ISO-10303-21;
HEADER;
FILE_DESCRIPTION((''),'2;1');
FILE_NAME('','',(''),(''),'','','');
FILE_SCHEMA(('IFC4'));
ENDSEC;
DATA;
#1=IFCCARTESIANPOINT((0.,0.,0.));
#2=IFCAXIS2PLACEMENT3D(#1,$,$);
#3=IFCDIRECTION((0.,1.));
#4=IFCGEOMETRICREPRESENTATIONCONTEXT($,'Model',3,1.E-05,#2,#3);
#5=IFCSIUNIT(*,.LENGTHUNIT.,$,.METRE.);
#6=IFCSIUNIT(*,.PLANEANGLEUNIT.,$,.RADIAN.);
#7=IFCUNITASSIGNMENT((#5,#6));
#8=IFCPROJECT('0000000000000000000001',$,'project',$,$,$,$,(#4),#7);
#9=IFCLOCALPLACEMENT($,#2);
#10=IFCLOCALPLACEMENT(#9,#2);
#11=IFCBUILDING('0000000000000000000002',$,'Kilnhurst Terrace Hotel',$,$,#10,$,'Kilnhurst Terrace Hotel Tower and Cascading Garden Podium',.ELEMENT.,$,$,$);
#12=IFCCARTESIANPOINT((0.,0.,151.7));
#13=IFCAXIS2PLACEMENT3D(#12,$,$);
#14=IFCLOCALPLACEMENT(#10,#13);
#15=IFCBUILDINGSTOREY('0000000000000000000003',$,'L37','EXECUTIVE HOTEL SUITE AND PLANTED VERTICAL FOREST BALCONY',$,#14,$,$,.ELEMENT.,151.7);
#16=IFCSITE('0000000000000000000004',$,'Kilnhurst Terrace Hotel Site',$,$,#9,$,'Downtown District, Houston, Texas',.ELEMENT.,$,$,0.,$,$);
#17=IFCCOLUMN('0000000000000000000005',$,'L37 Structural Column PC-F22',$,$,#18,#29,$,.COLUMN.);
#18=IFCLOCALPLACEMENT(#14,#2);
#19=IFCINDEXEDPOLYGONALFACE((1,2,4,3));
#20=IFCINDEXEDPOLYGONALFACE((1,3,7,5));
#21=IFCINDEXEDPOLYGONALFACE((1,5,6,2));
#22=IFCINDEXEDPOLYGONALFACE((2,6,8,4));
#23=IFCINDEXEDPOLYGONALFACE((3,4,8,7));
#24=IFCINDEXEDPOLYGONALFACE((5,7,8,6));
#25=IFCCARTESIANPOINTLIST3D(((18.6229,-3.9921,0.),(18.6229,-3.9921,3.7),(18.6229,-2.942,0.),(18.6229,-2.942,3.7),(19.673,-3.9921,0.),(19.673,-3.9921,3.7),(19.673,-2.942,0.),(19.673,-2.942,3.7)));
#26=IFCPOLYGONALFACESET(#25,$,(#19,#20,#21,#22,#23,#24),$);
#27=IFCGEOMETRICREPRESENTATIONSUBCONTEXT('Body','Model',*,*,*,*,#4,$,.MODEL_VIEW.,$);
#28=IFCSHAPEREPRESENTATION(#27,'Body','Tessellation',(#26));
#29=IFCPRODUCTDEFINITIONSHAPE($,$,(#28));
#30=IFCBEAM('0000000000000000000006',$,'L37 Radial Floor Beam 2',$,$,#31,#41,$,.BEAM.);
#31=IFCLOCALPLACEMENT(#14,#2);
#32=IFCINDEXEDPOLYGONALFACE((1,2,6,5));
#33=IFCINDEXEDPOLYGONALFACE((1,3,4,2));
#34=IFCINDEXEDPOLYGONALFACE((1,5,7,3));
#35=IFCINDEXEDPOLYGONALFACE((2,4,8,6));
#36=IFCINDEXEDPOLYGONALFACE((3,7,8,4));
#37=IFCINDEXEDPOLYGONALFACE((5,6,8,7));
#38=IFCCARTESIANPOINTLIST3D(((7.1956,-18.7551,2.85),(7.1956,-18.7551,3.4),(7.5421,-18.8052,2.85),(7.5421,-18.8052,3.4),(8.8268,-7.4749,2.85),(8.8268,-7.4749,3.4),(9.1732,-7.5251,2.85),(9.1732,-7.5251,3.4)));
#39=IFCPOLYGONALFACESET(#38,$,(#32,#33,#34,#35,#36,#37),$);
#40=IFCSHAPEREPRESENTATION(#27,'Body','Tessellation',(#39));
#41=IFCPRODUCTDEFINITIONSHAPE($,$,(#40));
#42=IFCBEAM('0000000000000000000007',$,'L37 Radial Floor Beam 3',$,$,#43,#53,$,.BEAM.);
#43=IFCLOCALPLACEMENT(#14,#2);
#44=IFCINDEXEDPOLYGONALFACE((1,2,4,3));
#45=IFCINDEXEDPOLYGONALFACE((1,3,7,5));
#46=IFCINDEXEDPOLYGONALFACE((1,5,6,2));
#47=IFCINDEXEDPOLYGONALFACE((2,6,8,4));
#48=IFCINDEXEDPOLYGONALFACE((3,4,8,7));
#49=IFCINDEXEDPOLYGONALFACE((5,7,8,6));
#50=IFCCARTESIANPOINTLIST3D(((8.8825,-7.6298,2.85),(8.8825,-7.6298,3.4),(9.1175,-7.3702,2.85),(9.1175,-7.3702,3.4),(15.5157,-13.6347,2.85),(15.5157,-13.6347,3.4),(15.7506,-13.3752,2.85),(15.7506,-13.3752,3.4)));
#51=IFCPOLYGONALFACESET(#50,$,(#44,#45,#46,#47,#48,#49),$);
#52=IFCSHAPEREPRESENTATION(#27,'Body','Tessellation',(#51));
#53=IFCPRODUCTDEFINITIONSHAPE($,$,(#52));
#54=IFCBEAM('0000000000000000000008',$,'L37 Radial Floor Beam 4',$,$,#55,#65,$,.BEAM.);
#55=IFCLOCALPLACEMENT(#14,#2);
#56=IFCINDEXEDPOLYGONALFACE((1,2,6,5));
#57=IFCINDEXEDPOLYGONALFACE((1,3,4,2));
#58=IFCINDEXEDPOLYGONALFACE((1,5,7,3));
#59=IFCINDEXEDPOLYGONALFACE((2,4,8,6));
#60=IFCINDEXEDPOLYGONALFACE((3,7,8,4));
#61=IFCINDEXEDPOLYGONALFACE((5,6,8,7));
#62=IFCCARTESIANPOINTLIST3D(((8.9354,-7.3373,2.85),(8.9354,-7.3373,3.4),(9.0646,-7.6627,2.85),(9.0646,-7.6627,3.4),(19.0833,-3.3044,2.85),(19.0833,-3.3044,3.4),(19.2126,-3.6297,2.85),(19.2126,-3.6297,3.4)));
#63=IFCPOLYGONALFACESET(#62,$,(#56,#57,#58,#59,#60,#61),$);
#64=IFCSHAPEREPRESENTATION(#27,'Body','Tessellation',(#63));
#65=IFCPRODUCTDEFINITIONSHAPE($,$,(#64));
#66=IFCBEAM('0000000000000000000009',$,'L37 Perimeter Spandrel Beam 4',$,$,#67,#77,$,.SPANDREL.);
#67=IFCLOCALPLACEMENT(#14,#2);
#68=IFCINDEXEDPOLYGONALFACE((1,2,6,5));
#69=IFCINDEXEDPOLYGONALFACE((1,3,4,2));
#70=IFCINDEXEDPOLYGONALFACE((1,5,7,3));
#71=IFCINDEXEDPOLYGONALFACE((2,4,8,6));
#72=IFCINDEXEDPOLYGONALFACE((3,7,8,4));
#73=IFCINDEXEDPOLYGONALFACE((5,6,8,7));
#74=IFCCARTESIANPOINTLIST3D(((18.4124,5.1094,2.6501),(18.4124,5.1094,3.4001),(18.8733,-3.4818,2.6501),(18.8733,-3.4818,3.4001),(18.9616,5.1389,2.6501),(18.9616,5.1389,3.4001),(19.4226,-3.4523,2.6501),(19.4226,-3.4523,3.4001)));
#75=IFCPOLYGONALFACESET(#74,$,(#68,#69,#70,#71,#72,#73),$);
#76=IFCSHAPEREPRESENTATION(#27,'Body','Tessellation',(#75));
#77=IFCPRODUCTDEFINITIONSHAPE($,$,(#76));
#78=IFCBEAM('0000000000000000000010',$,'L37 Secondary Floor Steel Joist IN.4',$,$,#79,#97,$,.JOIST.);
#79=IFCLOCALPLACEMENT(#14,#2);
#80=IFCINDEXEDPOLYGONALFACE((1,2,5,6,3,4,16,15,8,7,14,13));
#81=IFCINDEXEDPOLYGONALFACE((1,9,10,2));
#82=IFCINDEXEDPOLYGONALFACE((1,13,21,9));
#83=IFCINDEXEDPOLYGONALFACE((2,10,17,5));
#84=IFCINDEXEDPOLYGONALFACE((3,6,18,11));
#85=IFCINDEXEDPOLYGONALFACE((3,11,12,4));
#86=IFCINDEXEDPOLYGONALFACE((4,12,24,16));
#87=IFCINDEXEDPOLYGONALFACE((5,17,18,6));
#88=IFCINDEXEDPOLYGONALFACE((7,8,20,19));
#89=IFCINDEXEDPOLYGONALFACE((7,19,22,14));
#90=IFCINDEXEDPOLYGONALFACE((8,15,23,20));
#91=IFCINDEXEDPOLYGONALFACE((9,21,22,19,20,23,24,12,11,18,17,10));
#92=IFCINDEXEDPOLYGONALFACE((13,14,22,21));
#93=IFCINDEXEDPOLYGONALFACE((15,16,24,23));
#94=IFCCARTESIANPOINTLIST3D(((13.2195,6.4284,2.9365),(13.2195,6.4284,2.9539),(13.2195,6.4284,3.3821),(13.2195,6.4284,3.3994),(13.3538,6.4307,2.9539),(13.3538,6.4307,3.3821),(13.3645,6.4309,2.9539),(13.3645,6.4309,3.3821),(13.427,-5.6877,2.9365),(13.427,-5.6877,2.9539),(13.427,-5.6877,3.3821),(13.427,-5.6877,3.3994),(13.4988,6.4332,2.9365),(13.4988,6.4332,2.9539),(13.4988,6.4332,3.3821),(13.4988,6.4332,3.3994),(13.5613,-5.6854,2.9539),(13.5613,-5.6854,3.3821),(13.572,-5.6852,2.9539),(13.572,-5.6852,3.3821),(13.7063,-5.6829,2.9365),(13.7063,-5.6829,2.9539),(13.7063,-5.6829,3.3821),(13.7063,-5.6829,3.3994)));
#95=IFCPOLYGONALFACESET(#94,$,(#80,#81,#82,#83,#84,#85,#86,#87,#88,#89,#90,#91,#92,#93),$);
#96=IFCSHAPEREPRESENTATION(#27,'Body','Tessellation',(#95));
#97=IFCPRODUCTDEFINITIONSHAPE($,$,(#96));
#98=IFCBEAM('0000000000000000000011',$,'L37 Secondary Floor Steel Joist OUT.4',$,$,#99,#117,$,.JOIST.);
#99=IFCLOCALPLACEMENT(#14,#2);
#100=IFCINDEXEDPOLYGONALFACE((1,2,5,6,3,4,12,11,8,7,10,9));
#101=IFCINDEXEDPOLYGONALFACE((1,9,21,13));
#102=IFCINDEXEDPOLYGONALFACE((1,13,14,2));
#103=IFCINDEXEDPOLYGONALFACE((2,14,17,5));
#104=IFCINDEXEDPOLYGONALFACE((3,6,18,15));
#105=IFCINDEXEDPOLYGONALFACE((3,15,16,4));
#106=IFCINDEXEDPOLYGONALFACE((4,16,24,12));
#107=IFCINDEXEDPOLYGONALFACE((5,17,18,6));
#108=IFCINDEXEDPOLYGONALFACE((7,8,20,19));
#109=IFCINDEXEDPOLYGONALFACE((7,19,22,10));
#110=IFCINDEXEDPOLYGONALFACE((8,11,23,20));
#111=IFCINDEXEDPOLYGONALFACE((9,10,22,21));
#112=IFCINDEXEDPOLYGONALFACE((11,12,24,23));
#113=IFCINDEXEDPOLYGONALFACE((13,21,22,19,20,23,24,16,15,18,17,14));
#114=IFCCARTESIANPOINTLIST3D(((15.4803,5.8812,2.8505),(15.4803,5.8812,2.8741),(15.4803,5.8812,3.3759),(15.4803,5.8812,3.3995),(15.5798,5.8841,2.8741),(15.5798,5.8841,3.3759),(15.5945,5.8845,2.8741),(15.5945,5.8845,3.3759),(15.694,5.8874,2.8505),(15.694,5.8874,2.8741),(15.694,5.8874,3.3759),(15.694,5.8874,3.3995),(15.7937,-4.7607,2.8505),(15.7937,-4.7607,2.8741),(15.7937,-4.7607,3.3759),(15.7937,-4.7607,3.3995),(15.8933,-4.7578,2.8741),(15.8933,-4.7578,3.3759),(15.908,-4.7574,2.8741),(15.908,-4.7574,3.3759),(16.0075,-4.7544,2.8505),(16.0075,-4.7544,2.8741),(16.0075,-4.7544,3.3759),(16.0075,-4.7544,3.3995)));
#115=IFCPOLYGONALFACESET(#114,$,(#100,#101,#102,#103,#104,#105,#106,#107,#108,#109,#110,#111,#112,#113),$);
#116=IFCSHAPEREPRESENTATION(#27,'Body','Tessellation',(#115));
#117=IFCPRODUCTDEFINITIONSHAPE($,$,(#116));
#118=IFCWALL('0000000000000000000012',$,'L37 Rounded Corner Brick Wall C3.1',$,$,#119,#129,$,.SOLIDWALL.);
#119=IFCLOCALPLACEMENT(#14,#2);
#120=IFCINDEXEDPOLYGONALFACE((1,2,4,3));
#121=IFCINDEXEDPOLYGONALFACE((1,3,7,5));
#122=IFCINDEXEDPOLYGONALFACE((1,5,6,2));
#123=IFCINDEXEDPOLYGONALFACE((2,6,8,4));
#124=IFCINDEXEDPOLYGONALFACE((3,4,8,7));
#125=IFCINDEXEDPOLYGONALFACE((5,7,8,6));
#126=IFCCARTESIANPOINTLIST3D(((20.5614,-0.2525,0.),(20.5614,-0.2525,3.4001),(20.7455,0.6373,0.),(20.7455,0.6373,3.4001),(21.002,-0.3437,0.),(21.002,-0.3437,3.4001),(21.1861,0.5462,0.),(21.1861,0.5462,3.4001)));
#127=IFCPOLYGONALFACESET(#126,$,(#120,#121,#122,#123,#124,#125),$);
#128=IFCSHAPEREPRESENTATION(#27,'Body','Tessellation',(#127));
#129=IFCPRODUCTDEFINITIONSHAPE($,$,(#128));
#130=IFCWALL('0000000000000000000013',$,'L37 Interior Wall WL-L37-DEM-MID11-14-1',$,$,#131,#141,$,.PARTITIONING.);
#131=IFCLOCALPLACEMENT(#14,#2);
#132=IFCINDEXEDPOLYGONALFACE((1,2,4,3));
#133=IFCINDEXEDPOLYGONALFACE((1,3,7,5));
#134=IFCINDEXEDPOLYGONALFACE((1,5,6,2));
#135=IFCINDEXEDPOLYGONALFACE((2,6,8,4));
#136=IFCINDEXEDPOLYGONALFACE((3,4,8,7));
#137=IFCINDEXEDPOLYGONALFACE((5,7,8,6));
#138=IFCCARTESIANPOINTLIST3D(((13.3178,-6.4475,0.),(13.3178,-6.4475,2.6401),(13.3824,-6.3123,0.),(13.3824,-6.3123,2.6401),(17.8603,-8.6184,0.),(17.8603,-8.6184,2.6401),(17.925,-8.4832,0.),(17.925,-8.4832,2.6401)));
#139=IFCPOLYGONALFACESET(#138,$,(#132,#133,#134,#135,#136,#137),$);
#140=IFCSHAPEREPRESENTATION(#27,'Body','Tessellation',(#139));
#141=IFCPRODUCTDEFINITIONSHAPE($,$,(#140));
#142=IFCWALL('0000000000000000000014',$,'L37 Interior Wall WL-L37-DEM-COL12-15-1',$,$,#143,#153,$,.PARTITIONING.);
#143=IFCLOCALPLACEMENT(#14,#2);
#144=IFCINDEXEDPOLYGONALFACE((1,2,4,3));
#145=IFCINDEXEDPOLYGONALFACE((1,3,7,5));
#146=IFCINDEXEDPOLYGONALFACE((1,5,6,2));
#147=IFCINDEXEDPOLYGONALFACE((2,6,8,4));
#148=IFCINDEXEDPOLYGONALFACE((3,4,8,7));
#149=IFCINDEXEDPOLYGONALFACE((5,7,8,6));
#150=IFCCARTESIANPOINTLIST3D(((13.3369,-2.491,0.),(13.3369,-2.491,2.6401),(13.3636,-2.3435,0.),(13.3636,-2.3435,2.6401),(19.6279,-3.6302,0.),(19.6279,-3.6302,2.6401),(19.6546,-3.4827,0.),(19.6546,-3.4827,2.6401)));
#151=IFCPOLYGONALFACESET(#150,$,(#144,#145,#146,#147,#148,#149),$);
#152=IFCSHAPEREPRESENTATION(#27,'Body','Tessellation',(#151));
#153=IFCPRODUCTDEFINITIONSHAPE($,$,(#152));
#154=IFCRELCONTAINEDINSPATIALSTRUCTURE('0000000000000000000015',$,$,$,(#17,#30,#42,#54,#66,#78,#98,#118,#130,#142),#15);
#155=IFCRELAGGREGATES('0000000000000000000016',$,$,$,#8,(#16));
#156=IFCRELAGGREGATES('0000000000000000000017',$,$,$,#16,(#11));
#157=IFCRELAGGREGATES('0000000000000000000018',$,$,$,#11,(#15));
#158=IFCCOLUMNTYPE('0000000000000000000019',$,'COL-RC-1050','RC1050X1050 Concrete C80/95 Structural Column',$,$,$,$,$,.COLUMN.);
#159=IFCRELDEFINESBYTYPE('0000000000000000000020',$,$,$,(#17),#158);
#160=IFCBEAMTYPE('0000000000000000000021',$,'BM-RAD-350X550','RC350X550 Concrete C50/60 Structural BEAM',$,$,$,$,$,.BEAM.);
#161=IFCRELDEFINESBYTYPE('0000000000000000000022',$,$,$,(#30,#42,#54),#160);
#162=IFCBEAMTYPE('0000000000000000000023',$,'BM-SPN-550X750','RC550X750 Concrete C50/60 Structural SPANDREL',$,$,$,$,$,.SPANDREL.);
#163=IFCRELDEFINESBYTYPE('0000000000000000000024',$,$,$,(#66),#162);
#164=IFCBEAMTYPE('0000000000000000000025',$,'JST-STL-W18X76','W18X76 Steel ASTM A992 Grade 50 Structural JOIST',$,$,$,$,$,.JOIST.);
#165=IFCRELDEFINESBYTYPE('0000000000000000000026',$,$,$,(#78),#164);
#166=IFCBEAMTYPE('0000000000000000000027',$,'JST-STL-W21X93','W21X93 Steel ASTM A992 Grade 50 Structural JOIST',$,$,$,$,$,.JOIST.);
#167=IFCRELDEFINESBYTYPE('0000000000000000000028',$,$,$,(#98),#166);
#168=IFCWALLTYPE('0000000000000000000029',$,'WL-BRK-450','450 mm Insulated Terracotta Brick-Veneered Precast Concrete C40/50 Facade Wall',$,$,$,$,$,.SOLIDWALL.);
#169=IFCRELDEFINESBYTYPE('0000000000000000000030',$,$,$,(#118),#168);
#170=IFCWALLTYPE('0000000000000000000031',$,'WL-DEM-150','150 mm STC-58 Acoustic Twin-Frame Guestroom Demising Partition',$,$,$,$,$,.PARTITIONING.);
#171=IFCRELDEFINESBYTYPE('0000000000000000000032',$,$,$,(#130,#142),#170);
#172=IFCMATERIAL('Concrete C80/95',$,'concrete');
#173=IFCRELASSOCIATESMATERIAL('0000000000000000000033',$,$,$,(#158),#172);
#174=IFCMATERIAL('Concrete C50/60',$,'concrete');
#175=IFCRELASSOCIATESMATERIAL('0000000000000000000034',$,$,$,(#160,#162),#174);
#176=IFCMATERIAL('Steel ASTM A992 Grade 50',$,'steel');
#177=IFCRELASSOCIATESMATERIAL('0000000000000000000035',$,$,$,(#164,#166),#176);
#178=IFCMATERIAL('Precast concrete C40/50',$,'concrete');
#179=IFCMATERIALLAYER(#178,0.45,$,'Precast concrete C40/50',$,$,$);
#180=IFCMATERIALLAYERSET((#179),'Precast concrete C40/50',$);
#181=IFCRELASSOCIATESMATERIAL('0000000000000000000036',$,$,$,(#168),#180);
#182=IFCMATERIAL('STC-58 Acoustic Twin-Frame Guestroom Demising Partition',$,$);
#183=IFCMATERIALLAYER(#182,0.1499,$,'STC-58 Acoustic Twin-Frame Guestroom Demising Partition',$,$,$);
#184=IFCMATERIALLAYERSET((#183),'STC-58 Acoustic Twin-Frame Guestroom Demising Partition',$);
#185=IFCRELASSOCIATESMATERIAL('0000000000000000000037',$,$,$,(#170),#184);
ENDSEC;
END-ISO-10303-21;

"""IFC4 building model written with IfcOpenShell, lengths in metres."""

from ifc_helpers import new_model, si_unit, direction, frame, frame_2d, origin, origin_2d, place, context, subcontext, project, spatial, rectangle, i_section, extrude, material, layer, layer_set, material_profile, profile_set, type_object, element, save


model = new_model("IFC4")

# Units and contexts
model_context = context("Model", 3, precision=1e-05, world=origin(), true_north=direction((0.0, 1.0)))
body_context = subcontext(model_context, "Body", "Model", "MODEL_VIEW")
ifc_project = project(units=[si_unit("LENGTHUNIT", "METRE"), si_unit("PLANEANGLEUNIT", "RADIAN")], contexts=[model_context])

# Site, building, storey
site_placement = place(None, origin())
site = spatial("IfcSite", under=ifc_project, at=site_placement, Name="Kilnhurst Terrace Hotel Site", LongName="Downtown District, Houston, Texas", CompositionType="ELEMENT", RefElevation=0.0)
building_placement = place(site_placement, origin())
building = spatial("IfcBuilding", under=site, at=building_placement, Name="Kilnhurst Terrace Hotel", LongName="Kilnhurst Terrace Hotel Tower and Cascading Garden Podium", CompositionType="ELEMENT")
storey_placement = place(building_placement, frame((0.0, 0.0, 151.7)))
storey = spatial("IfcBuildingStorey", under=building, at=storey_placement, Name="L37", Description="EXECUTIVE HOTEL SUITE AND PLANTED VERTICAL FOREST BALCONY", CompositionType="ELEMENT", Elevation=151.7)

# Column
ifc_material_1 = material(Name="Concrete C80/95", Category="concrete")
ifc_material_profile_1 = material_profile(ifc_material_1, rectangle(XDim=1.05, YDim=1.05, at=origin_2d()), Name="RC1050X1050")
ifc_profile_set_1 = profile_set([ifc_material_profile_1], Name="Concrete C80/95")
column_type = type_object("IfcColumnType", Name="COL-RC-1050", Description="RC1050X1050 Concrete C80/95 Structural Column", PredefinedType="COLUMN", material=ifc_profile_set_1)
column_placement = place(storey_placement, frame((19.1479, -3.467, 0.0), z_axis=(0.0, 0.0, 1.0), x_axis=(1.0, 0.0, 0.0)))
element("IfcColumn", 1, at=column_placement, inside=storey, type_object=column_type, Name="L37 Structural Column PC-F22", PredefinedType="COLUMN", context=body_context, shape_type="SweptSolid", body=[
    extrude(rectangle(XDim=1.05, YDim=1.05, at=origin_2d()), origin(), (0.0, 0.0, 1.0), 3.7),
])

# Beams
ifc_material_2 = material(Name="Concrete C50/60", Category="concrete")
ifc_material_profile_2 = material_profile(ifc_material_2, rectangle(XDim=0.3501, YDim=0.55, at=origin_2d()), Name="RC350X550")
ifc_profile_set_2 = profile_set([ifc_material_profile_2], Name="Concrete C50/60")
beam_type_1 = type_object("IfcBeamType", Name="BM-RAD-350X550", Description="RC350X550 Concrete C50/60 Structural BEAM", PredefinedType="BEAM", material=ifc_profile_set_2)
beam_1_placement = place(storey_placement, frame((9.0, -7.5, 3.125), z_axis=(-0.143113, -0.989706, 0.0), x_axis=(0.989706, -0.143113, 0.0)))
element("IfcBeam", 2, at=beam_1_placement, inside=storey, type_object=beam_type_1, Name="L37 Radial Floor Beam 2", PredefinedType="BEAM", context=body_context, shape_type="SweptSolid", body=[
    extrude(rectangle(XDim=0.3501, YDim=0.55, at=origin_2d()), origin(), (0.0, 0.0, 1.0), 11.3975),
])
beam_2_placement = place(storey_placement, frame((9.0, -7.5, 3.125), z_axis=(0.741339, -0.671131, 0.0), x_axis=(0.671131, 0.741339, 0.0)))
element("IfcBeam", 3, at=beam_2_placement, inside=storey, type_object=beam_type_1, Name="L37 Radial Floor Beam 3", PredefinedType="BEAM", context=body_context, shape_type="SweptSolid", body=[
    extrude(rectangle(XDim=0.3501, YDim=0.55, at=origin_2d()), origin(), (0.0, 0.0, 1.0), 8.9475),
])
beam_3_placement = place(storey_placement, frame((9.0, -7.5, 3.125), z_axis=(0.929302, 0.36932, 0.0), x_axis=(-0.36932, 0.929302, 0.0)))
element("IfcBeam", 4, at=beam_3_placement, inside=storey, type_object=beam_type_1, Name="L37 Radial Floor Beam 4", PredefinedType="BEAM", context=body_context, shape_type="SweptSolid", body=[
    extrude(rectangle(XDim=0.3501, YDim=0.55, at=origin_2d()), origin(), (0.0, 0.0, 1.0), 10.9199),
])
ifc_material_profile_3 = material_profile(ifc_material_2, rectangle(XDim=0.55, YDim=0.75, at=origin_2d()), Name="RC550X750")
ifc_profile_set_3 = profile_set([ifc_material_profile_3], Name="Concrete C50/60")
beam_type_2 = type_object("IfcBeamType", Name="BM-SPN-550X750", Description="RC550X750 Concrete C50/60 Structural SPANDREL", PredefinedType="SPANDREL", material=ifc_profile_set_3)
beam_4_placement = place(storey_placement, frame((19.1479, -3.467, 3.0251), z_axis=(-0.053576, 0.998564, 0.0), x_axis=(-0.998564, -0.053576, 0.0)))
element("IfcBeam", 5, at=beam_4_placement, inside=storey, type_object=beam_type_2, Name="L37 Perimeter Spandrel Beam 4", PredefinedType="SPANDREL", context=body_context, shape_type="SweptSolid", body=[
    extrude(rectangle(XDim=0.55, YDim=0.75, at=origin_2d()), origin(), (0.0, 0.0, 1.0), 8.6035),
])
ifc_material_3 = material(Name="Steel ASTM A992 Grade 50", Category="steel")
ifc_material_profile_4 = material_profile(ifc_material_3, i_section(OverallWidth=0.2793, OverallDepth=0.4629, WebThickness=0.0107, FlangeThickness=0.0173, at=origin_2d()), Name="W18X76")
ifc_profile_set_4 = profile_set([ifc_material_profile_4], Name="Steel ASTM A992 Grade 50")
beam_type_3 = type_object("IfcBeamType", Name="JST-STL-W18X76", Description="W18X76 Steel ASTM A992 Grade 50 Structural JOIST", PredefinedType="JOIST", material=ifc_profile_set_4)
beam_5_placement = place(storey_placement, frame((13.5667, -5.6853, 3.168), z_axis=(-0.017125, 0.999853, 0.0), x_axis=(-0.999853, -0.017125, 0.0)))
element("IfcBeam", 6, at=beam_5_placement, inside=storey, type_object=beam_type_3, Name="L37 Secondary Floor Steel Joist IN.4", PredefinedType="JOIST", context=body_context, shape_type="SweptSolid", body=[
    extrude(i_section(OverallWidth=0.2793, OverallDepth=0.4629, WebThickness=0.0107, FlangeThickness=0.0173, at=origin_2d()), origin(), (0.0, 0.0, 1.0), 12.1179),
])
ifc_material_profile_5 = material_profile(ifc_material_3, i_section(OverallWidth=0.2139, OverallDepth=0.5491, WebThickness=0.0146, FlangeThickness=0.0237, at=origin_2d()), Name="W21X93")
ifc_profile_set_5 = profile_set([ifc_material_profile_5], Name="Steel ASTM A992 Grade 50")
beam_type_4 = type_object("IfcBeamType", Name="JST-STL-W21X93", Description="W21X93 Steel ASTM A992 Grade 50 Structural JOIST", PredefinedType="JOIST", material=ifc_profile_set_5)
beam_6_placement = place(storey_placement, frame((15.9006, -4.7576, 3.125), z_axis=(-0.029444, 0.999566, 0.0), x_axis=(-0.999566, -0.029444, 0.0)))
element("IfcBeam", 7, at=beam_6_placement, inside=storey, type_object=beam_type_4, Name="L37 Secondary Floor Steel Joist OUT.4", PredefinedType="JOIST", context=body_context, shape_type="SweptSolid", body=[
    extrude(i_section(OverallWidth=0.2139, OverallDepth=0.5491, WebThickness=0.0146, FlangeThickness=0.0237, at=origin_2d()), origin(), (0.0, 0.0, 1.0), 10.6465),
])

# Wall
ifc_material_4 = material(Name="Precast concrete C40/50", Category="concrete")
ifc_layer_1 = layer(ifc_material_4, 0.45, Name="Precast concrete C40/50")
ifc_layer_set_1 = layer_set([ifc_layer_1], Name="Precast concrete C40/50")
wall_type_1 = type_object("IfcWallType", Name="WL-BRK-450", Description="450 mm Insulated Terracotta Brick-Veneered Precast Concrete C40/50 Facade Wall", PredefinedType="SOLIDWALL", material=ifc_layer_set_1)
wall_1_placement = place(storey_placement, frame((20.7817, -0.2981, 0.0), z_axis=(0.0, 0.0, 1.0), x_axis=(0.20257, 0.979268, 0.0)))
element("IfcWall", 8, at=wall_1_placement, inside=storey, type_object=wall_type_1, Name="L37 Rounded Corner Brick Wall C3.1", PredefinedType="SOLIDWALL", context=body_context, shape_type="SweptSolid", body=[
    extrude(rectangle(XDim=0.9087, YDim=0.45, at=frame_2d((0.4543, 0.0))), origin(), (0.0, 0.0, 1.0), 3.4001),
])

# Walls
ifc_material_5 = material(Name="STC-58 Acoustic Twin-Frame Guestroom Demising Partition")
ifc_layer_2 = layer(ifc_material_5, 0.1499, Name="STC-58 Acoustic Twin-Frame Guestroom Demising Partition")
ifc_layer_set_2 = layer_set([ifc_layer_2], Name="STC-58 Acoustic Twin-Frame Guestroom Demising Partition")
wall_type_2 = type_object("IfcWallType", Name="WL-DEM-150", Description="150 mm STC-58 Acoustic Twin-Frame Guestroom Demising Partition", PredefinedType="PARTITIONING", material=ifc_layer_set_2)
wall_2_placement = place(storey_placement, frame((13.3501, -6.3799, 0.0), z_axis=(0.0, 0.0, 1.0), x_axis=(0.902257, -0.431198, 0.0)))
element("IfcWall", 9, at=wall_2_placement, inside=storey, type_object=wall_type_2, Name="L37 Interior Wall WL-L37-DEM-MID11-14-1", PredefinedType="PARTITIONING", context=body_context, shape_type="SweptSolid", body=[
    extrude(rectangle(XDim=5.0347, YDim=0.1499, at=frame_2d((2.5173, 0.0))), origin(), (0.0, 0.0, 1.0), 2.6401),
])
wall_3_placement = place(storey_placement, frame((13.3501, -2.4172, 0.0), z_axis=(0.0, 0.0, 1.0), x_axis=(0.983998, -0.17818, 0.0)))
element("IfcWall", 10, at=wall_3_placement, inside=storey, type_object=wall_type_2, Name="L37 Interior Wall WL-L37-DEM-COL12-15-1", PredefinedType="PARTITIONING", context=body_context, shape_type="SweptSolid", body=[
    extrude(rectangle(XDim=6.3933, YDim=0.1499, at=frame_2d((3.1968, 0.0))), origin(), (0.0, 0.0, 1.0), 2.6401),
])

save(model, "model.ifc")
